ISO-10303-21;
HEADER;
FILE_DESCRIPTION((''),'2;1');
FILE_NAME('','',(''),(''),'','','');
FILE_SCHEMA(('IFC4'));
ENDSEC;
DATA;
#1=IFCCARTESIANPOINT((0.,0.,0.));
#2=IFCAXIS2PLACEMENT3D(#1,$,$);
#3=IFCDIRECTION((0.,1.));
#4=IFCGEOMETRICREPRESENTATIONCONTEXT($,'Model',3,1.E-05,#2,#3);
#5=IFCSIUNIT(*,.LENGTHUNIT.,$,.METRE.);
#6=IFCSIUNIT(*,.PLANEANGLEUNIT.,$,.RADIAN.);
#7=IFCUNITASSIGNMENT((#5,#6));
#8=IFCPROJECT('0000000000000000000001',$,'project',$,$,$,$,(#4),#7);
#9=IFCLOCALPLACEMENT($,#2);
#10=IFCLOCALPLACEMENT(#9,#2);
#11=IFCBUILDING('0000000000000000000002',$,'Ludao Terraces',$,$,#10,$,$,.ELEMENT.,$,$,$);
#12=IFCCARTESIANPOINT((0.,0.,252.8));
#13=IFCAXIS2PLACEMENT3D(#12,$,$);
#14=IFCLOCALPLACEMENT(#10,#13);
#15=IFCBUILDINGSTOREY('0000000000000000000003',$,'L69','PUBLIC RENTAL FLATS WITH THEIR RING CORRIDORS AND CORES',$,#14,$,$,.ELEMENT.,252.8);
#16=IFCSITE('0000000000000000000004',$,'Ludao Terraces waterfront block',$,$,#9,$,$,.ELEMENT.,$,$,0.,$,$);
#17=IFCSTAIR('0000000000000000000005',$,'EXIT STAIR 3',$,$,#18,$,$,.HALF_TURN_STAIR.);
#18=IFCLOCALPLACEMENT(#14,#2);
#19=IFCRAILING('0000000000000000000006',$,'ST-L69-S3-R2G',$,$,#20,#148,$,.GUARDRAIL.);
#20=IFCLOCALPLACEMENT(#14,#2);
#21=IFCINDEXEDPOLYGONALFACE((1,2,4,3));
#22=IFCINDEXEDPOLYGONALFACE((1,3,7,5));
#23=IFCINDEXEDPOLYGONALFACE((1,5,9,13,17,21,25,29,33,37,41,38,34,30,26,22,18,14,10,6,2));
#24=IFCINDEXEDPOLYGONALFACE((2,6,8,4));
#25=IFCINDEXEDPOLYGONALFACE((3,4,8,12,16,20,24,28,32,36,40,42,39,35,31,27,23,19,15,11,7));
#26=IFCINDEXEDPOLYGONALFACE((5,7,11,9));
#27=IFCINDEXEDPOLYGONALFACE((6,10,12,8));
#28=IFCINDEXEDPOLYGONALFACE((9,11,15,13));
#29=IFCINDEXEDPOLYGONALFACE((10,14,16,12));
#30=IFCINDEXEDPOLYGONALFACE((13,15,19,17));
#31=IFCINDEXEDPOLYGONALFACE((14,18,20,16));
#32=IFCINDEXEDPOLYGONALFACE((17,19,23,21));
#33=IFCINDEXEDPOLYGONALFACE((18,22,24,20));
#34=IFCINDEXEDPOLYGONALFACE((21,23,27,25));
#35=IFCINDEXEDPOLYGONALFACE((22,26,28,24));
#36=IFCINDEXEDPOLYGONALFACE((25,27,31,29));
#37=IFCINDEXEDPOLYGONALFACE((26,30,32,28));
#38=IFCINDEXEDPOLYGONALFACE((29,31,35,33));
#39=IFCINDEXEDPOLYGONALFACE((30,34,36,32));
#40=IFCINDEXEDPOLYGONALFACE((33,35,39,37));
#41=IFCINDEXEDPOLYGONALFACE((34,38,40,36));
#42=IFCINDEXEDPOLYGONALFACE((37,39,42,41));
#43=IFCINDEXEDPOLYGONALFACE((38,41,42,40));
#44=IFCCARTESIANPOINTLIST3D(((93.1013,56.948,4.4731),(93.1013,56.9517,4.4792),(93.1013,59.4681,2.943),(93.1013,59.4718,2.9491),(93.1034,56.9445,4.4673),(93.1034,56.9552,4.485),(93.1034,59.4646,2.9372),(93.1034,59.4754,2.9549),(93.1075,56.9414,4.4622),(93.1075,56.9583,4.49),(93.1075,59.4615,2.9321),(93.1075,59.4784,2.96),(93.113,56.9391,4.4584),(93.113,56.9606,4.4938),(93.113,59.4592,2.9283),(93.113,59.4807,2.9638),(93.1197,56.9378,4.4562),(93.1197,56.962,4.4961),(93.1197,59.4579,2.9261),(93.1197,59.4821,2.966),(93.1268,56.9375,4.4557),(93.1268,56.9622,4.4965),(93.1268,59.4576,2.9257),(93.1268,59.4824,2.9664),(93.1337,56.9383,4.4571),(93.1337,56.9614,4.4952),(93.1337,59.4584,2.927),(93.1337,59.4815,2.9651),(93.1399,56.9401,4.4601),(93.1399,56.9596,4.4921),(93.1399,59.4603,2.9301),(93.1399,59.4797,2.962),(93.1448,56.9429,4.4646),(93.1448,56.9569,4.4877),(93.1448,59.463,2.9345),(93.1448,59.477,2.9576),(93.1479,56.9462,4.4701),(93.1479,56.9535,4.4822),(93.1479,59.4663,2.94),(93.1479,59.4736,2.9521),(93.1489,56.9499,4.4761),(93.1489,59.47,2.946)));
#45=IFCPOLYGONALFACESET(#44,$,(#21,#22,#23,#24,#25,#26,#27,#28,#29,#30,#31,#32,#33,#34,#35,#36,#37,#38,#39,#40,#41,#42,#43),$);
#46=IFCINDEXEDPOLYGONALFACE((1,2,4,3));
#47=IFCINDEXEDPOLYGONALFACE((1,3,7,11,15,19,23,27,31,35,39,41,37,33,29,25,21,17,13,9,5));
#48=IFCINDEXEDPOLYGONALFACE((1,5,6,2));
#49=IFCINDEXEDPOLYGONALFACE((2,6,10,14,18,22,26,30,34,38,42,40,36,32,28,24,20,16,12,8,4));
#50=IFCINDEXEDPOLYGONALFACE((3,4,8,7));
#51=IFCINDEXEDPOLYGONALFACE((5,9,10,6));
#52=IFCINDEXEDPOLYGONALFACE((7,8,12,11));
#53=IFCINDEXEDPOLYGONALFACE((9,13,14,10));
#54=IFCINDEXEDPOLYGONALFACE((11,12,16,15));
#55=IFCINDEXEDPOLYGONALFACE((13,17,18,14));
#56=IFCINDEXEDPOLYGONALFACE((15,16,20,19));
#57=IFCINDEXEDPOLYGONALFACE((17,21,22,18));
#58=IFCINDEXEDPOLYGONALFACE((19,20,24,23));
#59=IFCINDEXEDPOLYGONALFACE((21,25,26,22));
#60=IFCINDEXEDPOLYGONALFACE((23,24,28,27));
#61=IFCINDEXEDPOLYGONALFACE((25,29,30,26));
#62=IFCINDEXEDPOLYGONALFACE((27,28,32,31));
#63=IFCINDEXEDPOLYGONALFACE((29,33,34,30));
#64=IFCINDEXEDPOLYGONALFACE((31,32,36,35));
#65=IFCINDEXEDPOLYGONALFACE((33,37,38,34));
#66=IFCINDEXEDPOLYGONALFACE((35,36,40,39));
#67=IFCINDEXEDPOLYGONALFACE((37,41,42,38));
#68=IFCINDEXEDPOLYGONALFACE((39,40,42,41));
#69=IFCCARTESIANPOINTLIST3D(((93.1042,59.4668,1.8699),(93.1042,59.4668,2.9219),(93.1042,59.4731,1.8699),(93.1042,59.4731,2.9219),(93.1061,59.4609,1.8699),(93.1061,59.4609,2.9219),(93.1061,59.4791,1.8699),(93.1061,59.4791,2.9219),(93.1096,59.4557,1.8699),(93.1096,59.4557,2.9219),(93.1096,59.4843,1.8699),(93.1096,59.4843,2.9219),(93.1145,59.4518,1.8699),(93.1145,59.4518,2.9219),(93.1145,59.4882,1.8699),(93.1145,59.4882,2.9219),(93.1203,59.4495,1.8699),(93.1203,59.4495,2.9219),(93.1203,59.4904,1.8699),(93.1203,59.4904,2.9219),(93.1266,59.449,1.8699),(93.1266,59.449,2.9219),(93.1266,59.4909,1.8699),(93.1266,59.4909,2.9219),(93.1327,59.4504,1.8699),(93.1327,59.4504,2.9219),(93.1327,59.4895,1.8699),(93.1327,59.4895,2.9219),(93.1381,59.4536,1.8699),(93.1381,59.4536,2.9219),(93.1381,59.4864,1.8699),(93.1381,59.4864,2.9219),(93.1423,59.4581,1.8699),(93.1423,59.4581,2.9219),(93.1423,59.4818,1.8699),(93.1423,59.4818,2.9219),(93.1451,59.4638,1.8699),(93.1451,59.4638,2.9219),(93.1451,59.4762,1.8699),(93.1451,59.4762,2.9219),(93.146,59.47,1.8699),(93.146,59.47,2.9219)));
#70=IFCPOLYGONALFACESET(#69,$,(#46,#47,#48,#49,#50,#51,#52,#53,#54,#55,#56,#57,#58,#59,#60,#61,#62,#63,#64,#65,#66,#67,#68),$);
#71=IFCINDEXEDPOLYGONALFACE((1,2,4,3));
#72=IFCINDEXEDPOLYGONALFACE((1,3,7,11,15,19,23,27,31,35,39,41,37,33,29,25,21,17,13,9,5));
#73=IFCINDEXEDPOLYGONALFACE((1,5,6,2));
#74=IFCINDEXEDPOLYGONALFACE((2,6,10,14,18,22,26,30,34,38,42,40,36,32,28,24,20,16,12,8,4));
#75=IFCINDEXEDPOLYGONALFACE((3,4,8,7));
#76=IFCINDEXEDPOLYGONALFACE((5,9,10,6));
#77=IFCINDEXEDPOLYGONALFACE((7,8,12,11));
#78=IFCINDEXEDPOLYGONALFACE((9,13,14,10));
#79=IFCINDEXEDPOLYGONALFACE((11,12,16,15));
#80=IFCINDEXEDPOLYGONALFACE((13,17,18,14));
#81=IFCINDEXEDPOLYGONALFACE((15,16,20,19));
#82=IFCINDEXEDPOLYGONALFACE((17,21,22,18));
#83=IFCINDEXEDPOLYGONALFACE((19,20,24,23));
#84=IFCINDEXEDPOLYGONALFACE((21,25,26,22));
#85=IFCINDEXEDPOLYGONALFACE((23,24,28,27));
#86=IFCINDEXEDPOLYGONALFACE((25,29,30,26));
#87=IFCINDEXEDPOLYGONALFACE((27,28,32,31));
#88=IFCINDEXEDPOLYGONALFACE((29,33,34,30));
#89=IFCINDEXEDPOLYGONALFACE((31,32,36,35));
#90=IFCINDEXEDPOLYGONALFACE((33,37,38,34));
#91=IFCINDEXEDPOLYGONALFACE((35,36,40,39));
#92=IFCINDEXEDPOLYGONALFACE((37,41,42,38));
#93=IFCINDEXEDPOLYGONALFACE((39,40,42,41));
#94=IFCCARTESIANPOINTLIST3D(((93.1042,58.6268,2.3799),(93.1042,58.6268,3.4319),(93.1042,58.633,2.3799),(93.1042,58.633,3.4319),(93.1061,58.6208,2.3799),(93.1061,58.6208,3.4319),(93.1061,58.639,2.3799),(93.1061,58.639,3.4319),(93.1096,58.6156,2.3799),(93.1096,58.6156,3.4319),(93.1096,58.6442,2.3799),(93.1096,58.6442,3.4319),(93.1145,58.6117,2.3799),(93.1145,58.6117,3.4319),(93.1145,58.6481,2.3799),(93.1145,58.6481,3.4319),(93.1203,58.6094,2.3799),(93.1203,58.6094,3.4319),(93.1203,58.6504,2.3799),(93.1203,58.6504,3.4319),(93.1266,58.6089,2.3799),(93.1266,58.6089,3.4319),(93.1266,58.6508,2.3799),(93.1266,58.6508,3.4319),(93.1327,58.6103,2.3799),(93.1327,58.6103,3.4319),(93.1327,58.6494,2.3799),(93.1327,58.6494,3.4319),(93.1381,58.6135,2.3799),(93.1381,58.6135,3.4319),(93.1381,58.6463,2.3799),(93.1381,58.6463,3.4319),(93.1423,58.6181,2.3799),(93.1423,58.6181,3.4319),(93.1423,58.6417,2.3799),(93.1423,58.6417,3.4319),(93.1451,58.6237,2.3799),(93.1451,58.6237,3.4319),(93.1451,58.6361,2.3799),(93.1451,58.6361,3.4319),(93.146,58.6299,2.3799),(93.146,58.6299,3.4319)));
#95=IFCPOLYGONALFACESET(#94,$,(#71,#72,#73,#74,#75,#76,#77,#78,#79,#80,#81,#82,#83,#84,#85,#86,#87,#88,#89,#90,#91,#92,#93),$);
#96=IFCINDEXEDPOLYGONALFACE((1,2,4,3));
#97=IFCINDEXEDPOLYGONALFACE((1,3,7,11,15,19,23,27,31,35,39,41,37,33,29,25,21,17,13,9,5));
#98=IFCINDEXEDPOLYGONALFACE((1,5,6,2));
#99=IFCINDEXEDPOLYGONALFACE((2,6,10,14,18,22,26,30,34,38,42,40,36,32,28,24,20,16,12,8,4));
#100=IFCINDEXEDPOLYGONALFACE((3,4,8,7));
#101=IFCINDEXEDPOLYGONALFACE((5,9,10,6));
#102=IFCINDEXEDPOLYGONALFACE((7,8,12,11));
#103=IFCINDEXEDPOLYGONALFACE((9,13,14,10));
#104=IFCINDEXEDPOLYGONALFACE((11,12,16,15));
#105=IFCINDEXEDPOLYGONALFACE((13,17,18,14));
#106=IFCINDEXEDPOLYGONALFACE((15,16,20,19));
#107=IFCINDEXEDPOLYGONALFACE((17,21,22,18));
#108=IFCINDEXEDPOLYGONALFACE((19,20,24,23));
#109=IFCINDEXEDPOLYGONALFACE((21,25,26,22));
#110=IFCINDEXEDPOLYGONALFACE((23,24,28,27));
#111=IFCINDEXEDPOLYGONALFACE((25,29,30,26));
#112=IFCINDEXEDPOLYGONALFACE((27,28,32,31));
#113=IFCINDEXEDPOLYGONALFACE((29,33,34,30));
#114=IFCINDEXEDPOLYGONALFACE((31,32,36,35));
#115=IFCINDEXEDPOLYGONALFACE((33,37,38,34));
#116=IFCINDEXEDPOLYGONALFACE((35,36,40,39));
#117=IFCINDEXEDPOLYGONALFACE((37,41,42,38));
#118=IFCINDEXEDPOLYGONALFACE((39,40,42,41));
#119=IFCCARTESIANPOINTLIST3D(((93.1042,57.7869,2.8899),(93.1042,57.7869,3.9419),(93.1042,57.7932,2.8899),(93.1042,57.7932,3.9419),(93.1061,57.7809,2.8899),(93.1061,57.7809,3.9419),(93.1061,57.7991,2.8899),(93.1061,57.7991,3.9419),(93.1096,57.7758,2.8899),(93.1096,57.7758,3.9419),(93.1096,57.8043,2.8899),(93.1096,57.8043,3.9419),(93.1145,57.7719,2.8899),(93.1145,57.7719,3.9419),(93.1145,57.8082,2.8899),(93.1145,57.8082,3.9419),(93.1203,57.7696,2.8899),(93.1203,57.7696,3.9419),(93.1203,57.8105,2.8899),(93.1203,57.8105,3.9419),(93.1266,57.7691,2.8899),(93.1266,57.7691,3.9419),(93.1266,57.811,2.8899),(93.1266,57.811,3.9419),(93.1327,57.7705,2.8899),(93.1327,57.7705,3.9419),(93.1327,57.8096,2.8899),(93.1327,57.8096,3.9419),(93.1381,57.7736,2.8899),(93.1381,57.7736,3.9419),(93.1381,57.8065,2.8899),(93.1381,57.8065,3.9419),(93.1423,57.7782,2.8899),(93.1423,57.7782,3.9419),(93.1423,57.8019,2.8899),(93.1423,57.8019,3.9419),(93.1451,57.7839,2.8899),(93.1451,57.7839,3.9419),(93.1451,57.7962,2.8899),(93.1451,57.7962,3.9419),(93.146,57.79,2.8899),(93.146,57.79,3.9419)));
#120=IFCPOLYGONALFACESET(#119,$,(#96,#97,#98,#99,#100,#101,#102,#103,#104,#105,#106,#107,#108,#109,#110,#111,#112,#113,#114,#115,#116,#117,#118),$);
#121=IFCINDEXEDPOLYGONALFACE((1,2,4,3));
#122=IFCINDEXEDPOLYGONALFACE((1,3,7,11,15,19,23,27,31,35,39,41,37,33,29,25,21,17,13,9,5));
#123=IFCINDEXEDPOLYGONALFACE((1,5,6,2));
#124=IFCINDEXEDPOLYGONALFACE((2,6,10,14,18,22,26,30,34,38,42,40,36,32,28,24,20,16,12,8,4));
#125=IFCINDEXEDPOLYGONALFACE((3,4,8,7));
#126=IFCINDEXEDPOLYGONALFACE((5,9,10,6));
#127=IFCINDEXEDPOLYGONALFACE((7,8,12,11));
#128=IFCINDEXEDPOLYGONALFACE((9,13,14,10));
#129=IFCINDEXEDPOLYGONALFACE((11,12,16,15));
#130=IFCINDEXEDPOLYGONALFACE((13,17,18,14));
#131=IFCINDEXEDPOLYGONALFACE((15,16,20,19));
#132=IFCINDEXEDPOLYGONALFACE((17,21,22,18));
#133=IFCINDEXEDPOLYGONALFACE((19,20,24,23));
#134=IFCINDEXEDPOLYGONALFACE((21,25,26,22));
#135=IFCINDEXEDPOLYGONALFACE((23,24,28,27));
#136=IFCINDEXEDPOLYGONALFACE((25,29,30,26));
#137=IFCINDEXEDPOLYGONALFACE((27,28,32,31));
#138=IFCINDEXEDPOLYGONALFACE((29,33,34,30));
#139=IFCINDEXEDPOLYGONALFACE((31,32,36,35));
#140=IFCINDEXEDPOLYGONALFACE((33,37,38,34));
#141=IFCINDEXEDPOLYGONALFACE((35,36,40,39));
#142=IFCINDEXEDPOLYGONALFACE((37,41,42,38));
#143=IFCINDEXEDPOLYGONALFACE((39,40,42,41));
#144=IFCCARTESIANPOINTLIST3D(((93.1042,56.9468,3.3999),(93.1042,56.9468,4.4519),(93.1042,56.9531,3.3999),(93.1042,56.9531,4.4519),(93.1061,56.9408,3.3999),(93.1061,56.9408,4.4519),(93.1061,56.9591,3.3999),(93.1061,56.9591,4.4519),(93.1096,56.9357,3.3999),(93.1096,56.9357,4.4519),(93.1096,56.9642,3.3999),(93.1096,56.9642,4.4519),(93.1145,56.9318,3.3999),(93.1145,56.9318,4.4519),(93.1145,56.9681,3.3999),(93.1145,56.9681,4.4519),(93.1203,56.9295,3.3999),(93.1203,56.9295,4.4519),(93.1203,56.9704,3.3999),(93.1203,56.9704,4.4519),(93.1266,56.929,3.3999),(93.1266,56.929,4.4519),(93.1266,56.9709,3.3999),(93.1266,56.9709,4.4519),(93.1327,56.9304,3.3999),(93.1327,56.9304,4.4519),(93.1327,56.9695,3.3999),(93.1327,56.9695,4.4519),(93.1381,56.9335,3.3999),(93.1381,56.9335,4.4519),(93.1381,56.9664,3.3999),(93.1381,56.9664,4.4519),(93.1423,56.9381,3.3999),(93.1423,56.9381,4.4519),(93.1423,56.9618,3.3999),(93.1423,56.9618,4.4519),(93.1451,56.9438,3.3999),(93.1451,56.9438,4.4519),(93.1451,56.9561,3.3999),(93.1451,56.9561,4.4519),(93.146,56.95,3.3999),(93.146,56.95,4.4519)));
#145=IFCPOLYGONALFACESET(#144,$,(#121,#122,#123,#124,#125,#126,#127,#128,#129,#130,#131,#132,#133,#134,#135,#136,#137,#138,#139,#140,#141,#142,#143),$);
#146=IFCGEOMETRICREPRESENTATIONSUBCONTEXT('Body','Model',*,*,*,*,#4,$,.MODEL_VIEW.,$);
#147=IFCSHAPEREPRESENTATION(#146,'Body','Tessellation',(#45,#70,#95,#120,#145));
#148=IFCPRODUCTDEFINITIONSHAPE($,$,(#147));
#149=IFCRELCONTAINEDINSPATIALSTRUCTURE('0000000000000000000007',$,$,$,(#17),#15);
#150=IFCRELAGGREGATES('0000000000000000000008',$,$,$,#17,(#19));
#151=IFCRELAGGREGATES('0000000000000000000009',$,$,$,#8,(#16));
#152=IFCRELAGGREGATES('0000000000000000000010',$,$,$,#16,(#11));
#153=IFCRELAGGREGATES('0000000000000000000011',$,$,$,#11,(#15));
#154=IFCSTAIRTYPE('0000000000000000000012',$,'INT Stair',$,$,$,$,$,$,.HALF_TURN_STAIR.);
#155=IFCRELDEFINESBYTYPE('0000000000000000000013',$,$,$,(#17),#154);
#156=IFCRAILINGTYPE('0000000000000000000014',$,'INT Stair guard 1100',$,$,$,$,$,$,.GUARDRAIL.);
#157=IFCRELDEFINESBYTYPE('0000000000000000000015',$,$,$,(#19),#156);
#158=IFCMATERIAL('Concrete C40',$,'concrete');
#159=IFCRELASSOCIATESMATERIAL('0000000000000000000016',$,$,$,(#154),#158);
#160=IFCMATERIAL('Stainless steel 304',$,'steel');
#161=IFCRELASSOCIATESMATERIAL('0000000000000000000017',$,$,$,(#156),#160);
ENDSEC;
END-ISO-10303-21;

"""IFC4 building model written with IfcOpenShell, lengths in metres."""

from ifc_helpers import new_model, si_unit, direction, frame, origin, origin_2d, place, context, subcontext, project, spatial, circle, extrude, material, type_object, element, aggregate, save


model = new_model("IFC4")

# Units and contexts
model_context = context("Model", 3, precision=1e-05, world=origin(), true_north=direction((0.0, 1.0)))
body_context = subcontext(model_context, "Body", "Model", "MODEL_VIEW")
ifc_project = project(units=[si_unit("LENGTHUNIT", "METRE"), si_unit("PLANEANGLEUNIT", "RADIAN")], contexts=[model_context])

# Site, building, storey
site_placement = place(None, origin())
site = spatial("IfcSite", under=ifc_project, at=site_placement, Name="Ludao Terraces waterfront block", CompositionType="ELEMENT", RefElevation=0.0)
building_placement = place(site_placement, origin())
building = spatial("IfcBuilding", under=site, at=building_placement, Name="Ludao Terraces", CompositionType="ELEMENT")
storey_placement = place(building_placement, frame((0.0, 0.0, 252.8)))
storey = spatial("IfcBuildingStorey", under=building, at=storey_placement, Name="L69", Description="PUBLIC RENTAL FLATS WITH THEIR RING CORRIDORS AND CORES", CompositionType="ELEMENT", Elevation=252.8)

# Shared definitions
ifc_material_1 = material(Name="Concrete C40", Category="concrete")

# Stair, railing
stair_type = type_object("IfcStairType", Name="INT Stair", PredefinedType="HALF_TURN_STAIR", material=ifc_material_1)
stair_placement = place(storey_placement, origin())
stair = element("IfcStair", 1, at=stair_placement, inside=storey, type_object=stair_type, Name="EXIT STAIR 3", PredefinedType="HALF_TURN_STAIR")
ifc_material_2 = material(Name="Stainless steel 304", Category="steel")
railing_type_1 = type_object("IfcRailingType", Name="INT Stair guard 1100", PredefinedType="GUARDRAIL", material=ifc_material_2)
railing_1_placement = place(storey_placement, frame((93.125, 59.47, 1.8699)))
railing_1 = element("IfcRailing", 2, at=railing_1_placement, type_object=railing_type_1, Name="ST-L69-S3-R2G", PredefinedType="GUARDRAIL", context=body_context, shape_type="SweptSolid", body=[
    extrude(circle(Radius=0.0239, at=origin_2d()), frame((0.0, 0.0, 1.0762), z_axis=(0.0, -0.854785, 0.518982), x_axis=(1.0, 0.0, 0.0)), (0.0, 0.0, 1.0), 2.9482),
    extrude(circle(Radius=0.021, at=origin_2d()), origin(), (0.0, 0.0, 1.0), 1.052),
    extrude(circle(Radius=0.021, at=origin_2d()), frame((0.0, -0.8401, 0.51)), (0.0, 0.0, 1.0), 1.052),
    extrude(circle(Radius=0.021, at=origin_2d()), frame((0.0, -1.6799, 1.02)), (0.0, 0.0, 1.0), 1.052),
    extrude(circle(Radius=0.021, at=origin_2d()), frame((0.0, -2.52, 1.53)), (0.0, 0.0, 1.0), 1.052),
])
aggregate(stair, [railing_1])

save(model, "model.ifc")
